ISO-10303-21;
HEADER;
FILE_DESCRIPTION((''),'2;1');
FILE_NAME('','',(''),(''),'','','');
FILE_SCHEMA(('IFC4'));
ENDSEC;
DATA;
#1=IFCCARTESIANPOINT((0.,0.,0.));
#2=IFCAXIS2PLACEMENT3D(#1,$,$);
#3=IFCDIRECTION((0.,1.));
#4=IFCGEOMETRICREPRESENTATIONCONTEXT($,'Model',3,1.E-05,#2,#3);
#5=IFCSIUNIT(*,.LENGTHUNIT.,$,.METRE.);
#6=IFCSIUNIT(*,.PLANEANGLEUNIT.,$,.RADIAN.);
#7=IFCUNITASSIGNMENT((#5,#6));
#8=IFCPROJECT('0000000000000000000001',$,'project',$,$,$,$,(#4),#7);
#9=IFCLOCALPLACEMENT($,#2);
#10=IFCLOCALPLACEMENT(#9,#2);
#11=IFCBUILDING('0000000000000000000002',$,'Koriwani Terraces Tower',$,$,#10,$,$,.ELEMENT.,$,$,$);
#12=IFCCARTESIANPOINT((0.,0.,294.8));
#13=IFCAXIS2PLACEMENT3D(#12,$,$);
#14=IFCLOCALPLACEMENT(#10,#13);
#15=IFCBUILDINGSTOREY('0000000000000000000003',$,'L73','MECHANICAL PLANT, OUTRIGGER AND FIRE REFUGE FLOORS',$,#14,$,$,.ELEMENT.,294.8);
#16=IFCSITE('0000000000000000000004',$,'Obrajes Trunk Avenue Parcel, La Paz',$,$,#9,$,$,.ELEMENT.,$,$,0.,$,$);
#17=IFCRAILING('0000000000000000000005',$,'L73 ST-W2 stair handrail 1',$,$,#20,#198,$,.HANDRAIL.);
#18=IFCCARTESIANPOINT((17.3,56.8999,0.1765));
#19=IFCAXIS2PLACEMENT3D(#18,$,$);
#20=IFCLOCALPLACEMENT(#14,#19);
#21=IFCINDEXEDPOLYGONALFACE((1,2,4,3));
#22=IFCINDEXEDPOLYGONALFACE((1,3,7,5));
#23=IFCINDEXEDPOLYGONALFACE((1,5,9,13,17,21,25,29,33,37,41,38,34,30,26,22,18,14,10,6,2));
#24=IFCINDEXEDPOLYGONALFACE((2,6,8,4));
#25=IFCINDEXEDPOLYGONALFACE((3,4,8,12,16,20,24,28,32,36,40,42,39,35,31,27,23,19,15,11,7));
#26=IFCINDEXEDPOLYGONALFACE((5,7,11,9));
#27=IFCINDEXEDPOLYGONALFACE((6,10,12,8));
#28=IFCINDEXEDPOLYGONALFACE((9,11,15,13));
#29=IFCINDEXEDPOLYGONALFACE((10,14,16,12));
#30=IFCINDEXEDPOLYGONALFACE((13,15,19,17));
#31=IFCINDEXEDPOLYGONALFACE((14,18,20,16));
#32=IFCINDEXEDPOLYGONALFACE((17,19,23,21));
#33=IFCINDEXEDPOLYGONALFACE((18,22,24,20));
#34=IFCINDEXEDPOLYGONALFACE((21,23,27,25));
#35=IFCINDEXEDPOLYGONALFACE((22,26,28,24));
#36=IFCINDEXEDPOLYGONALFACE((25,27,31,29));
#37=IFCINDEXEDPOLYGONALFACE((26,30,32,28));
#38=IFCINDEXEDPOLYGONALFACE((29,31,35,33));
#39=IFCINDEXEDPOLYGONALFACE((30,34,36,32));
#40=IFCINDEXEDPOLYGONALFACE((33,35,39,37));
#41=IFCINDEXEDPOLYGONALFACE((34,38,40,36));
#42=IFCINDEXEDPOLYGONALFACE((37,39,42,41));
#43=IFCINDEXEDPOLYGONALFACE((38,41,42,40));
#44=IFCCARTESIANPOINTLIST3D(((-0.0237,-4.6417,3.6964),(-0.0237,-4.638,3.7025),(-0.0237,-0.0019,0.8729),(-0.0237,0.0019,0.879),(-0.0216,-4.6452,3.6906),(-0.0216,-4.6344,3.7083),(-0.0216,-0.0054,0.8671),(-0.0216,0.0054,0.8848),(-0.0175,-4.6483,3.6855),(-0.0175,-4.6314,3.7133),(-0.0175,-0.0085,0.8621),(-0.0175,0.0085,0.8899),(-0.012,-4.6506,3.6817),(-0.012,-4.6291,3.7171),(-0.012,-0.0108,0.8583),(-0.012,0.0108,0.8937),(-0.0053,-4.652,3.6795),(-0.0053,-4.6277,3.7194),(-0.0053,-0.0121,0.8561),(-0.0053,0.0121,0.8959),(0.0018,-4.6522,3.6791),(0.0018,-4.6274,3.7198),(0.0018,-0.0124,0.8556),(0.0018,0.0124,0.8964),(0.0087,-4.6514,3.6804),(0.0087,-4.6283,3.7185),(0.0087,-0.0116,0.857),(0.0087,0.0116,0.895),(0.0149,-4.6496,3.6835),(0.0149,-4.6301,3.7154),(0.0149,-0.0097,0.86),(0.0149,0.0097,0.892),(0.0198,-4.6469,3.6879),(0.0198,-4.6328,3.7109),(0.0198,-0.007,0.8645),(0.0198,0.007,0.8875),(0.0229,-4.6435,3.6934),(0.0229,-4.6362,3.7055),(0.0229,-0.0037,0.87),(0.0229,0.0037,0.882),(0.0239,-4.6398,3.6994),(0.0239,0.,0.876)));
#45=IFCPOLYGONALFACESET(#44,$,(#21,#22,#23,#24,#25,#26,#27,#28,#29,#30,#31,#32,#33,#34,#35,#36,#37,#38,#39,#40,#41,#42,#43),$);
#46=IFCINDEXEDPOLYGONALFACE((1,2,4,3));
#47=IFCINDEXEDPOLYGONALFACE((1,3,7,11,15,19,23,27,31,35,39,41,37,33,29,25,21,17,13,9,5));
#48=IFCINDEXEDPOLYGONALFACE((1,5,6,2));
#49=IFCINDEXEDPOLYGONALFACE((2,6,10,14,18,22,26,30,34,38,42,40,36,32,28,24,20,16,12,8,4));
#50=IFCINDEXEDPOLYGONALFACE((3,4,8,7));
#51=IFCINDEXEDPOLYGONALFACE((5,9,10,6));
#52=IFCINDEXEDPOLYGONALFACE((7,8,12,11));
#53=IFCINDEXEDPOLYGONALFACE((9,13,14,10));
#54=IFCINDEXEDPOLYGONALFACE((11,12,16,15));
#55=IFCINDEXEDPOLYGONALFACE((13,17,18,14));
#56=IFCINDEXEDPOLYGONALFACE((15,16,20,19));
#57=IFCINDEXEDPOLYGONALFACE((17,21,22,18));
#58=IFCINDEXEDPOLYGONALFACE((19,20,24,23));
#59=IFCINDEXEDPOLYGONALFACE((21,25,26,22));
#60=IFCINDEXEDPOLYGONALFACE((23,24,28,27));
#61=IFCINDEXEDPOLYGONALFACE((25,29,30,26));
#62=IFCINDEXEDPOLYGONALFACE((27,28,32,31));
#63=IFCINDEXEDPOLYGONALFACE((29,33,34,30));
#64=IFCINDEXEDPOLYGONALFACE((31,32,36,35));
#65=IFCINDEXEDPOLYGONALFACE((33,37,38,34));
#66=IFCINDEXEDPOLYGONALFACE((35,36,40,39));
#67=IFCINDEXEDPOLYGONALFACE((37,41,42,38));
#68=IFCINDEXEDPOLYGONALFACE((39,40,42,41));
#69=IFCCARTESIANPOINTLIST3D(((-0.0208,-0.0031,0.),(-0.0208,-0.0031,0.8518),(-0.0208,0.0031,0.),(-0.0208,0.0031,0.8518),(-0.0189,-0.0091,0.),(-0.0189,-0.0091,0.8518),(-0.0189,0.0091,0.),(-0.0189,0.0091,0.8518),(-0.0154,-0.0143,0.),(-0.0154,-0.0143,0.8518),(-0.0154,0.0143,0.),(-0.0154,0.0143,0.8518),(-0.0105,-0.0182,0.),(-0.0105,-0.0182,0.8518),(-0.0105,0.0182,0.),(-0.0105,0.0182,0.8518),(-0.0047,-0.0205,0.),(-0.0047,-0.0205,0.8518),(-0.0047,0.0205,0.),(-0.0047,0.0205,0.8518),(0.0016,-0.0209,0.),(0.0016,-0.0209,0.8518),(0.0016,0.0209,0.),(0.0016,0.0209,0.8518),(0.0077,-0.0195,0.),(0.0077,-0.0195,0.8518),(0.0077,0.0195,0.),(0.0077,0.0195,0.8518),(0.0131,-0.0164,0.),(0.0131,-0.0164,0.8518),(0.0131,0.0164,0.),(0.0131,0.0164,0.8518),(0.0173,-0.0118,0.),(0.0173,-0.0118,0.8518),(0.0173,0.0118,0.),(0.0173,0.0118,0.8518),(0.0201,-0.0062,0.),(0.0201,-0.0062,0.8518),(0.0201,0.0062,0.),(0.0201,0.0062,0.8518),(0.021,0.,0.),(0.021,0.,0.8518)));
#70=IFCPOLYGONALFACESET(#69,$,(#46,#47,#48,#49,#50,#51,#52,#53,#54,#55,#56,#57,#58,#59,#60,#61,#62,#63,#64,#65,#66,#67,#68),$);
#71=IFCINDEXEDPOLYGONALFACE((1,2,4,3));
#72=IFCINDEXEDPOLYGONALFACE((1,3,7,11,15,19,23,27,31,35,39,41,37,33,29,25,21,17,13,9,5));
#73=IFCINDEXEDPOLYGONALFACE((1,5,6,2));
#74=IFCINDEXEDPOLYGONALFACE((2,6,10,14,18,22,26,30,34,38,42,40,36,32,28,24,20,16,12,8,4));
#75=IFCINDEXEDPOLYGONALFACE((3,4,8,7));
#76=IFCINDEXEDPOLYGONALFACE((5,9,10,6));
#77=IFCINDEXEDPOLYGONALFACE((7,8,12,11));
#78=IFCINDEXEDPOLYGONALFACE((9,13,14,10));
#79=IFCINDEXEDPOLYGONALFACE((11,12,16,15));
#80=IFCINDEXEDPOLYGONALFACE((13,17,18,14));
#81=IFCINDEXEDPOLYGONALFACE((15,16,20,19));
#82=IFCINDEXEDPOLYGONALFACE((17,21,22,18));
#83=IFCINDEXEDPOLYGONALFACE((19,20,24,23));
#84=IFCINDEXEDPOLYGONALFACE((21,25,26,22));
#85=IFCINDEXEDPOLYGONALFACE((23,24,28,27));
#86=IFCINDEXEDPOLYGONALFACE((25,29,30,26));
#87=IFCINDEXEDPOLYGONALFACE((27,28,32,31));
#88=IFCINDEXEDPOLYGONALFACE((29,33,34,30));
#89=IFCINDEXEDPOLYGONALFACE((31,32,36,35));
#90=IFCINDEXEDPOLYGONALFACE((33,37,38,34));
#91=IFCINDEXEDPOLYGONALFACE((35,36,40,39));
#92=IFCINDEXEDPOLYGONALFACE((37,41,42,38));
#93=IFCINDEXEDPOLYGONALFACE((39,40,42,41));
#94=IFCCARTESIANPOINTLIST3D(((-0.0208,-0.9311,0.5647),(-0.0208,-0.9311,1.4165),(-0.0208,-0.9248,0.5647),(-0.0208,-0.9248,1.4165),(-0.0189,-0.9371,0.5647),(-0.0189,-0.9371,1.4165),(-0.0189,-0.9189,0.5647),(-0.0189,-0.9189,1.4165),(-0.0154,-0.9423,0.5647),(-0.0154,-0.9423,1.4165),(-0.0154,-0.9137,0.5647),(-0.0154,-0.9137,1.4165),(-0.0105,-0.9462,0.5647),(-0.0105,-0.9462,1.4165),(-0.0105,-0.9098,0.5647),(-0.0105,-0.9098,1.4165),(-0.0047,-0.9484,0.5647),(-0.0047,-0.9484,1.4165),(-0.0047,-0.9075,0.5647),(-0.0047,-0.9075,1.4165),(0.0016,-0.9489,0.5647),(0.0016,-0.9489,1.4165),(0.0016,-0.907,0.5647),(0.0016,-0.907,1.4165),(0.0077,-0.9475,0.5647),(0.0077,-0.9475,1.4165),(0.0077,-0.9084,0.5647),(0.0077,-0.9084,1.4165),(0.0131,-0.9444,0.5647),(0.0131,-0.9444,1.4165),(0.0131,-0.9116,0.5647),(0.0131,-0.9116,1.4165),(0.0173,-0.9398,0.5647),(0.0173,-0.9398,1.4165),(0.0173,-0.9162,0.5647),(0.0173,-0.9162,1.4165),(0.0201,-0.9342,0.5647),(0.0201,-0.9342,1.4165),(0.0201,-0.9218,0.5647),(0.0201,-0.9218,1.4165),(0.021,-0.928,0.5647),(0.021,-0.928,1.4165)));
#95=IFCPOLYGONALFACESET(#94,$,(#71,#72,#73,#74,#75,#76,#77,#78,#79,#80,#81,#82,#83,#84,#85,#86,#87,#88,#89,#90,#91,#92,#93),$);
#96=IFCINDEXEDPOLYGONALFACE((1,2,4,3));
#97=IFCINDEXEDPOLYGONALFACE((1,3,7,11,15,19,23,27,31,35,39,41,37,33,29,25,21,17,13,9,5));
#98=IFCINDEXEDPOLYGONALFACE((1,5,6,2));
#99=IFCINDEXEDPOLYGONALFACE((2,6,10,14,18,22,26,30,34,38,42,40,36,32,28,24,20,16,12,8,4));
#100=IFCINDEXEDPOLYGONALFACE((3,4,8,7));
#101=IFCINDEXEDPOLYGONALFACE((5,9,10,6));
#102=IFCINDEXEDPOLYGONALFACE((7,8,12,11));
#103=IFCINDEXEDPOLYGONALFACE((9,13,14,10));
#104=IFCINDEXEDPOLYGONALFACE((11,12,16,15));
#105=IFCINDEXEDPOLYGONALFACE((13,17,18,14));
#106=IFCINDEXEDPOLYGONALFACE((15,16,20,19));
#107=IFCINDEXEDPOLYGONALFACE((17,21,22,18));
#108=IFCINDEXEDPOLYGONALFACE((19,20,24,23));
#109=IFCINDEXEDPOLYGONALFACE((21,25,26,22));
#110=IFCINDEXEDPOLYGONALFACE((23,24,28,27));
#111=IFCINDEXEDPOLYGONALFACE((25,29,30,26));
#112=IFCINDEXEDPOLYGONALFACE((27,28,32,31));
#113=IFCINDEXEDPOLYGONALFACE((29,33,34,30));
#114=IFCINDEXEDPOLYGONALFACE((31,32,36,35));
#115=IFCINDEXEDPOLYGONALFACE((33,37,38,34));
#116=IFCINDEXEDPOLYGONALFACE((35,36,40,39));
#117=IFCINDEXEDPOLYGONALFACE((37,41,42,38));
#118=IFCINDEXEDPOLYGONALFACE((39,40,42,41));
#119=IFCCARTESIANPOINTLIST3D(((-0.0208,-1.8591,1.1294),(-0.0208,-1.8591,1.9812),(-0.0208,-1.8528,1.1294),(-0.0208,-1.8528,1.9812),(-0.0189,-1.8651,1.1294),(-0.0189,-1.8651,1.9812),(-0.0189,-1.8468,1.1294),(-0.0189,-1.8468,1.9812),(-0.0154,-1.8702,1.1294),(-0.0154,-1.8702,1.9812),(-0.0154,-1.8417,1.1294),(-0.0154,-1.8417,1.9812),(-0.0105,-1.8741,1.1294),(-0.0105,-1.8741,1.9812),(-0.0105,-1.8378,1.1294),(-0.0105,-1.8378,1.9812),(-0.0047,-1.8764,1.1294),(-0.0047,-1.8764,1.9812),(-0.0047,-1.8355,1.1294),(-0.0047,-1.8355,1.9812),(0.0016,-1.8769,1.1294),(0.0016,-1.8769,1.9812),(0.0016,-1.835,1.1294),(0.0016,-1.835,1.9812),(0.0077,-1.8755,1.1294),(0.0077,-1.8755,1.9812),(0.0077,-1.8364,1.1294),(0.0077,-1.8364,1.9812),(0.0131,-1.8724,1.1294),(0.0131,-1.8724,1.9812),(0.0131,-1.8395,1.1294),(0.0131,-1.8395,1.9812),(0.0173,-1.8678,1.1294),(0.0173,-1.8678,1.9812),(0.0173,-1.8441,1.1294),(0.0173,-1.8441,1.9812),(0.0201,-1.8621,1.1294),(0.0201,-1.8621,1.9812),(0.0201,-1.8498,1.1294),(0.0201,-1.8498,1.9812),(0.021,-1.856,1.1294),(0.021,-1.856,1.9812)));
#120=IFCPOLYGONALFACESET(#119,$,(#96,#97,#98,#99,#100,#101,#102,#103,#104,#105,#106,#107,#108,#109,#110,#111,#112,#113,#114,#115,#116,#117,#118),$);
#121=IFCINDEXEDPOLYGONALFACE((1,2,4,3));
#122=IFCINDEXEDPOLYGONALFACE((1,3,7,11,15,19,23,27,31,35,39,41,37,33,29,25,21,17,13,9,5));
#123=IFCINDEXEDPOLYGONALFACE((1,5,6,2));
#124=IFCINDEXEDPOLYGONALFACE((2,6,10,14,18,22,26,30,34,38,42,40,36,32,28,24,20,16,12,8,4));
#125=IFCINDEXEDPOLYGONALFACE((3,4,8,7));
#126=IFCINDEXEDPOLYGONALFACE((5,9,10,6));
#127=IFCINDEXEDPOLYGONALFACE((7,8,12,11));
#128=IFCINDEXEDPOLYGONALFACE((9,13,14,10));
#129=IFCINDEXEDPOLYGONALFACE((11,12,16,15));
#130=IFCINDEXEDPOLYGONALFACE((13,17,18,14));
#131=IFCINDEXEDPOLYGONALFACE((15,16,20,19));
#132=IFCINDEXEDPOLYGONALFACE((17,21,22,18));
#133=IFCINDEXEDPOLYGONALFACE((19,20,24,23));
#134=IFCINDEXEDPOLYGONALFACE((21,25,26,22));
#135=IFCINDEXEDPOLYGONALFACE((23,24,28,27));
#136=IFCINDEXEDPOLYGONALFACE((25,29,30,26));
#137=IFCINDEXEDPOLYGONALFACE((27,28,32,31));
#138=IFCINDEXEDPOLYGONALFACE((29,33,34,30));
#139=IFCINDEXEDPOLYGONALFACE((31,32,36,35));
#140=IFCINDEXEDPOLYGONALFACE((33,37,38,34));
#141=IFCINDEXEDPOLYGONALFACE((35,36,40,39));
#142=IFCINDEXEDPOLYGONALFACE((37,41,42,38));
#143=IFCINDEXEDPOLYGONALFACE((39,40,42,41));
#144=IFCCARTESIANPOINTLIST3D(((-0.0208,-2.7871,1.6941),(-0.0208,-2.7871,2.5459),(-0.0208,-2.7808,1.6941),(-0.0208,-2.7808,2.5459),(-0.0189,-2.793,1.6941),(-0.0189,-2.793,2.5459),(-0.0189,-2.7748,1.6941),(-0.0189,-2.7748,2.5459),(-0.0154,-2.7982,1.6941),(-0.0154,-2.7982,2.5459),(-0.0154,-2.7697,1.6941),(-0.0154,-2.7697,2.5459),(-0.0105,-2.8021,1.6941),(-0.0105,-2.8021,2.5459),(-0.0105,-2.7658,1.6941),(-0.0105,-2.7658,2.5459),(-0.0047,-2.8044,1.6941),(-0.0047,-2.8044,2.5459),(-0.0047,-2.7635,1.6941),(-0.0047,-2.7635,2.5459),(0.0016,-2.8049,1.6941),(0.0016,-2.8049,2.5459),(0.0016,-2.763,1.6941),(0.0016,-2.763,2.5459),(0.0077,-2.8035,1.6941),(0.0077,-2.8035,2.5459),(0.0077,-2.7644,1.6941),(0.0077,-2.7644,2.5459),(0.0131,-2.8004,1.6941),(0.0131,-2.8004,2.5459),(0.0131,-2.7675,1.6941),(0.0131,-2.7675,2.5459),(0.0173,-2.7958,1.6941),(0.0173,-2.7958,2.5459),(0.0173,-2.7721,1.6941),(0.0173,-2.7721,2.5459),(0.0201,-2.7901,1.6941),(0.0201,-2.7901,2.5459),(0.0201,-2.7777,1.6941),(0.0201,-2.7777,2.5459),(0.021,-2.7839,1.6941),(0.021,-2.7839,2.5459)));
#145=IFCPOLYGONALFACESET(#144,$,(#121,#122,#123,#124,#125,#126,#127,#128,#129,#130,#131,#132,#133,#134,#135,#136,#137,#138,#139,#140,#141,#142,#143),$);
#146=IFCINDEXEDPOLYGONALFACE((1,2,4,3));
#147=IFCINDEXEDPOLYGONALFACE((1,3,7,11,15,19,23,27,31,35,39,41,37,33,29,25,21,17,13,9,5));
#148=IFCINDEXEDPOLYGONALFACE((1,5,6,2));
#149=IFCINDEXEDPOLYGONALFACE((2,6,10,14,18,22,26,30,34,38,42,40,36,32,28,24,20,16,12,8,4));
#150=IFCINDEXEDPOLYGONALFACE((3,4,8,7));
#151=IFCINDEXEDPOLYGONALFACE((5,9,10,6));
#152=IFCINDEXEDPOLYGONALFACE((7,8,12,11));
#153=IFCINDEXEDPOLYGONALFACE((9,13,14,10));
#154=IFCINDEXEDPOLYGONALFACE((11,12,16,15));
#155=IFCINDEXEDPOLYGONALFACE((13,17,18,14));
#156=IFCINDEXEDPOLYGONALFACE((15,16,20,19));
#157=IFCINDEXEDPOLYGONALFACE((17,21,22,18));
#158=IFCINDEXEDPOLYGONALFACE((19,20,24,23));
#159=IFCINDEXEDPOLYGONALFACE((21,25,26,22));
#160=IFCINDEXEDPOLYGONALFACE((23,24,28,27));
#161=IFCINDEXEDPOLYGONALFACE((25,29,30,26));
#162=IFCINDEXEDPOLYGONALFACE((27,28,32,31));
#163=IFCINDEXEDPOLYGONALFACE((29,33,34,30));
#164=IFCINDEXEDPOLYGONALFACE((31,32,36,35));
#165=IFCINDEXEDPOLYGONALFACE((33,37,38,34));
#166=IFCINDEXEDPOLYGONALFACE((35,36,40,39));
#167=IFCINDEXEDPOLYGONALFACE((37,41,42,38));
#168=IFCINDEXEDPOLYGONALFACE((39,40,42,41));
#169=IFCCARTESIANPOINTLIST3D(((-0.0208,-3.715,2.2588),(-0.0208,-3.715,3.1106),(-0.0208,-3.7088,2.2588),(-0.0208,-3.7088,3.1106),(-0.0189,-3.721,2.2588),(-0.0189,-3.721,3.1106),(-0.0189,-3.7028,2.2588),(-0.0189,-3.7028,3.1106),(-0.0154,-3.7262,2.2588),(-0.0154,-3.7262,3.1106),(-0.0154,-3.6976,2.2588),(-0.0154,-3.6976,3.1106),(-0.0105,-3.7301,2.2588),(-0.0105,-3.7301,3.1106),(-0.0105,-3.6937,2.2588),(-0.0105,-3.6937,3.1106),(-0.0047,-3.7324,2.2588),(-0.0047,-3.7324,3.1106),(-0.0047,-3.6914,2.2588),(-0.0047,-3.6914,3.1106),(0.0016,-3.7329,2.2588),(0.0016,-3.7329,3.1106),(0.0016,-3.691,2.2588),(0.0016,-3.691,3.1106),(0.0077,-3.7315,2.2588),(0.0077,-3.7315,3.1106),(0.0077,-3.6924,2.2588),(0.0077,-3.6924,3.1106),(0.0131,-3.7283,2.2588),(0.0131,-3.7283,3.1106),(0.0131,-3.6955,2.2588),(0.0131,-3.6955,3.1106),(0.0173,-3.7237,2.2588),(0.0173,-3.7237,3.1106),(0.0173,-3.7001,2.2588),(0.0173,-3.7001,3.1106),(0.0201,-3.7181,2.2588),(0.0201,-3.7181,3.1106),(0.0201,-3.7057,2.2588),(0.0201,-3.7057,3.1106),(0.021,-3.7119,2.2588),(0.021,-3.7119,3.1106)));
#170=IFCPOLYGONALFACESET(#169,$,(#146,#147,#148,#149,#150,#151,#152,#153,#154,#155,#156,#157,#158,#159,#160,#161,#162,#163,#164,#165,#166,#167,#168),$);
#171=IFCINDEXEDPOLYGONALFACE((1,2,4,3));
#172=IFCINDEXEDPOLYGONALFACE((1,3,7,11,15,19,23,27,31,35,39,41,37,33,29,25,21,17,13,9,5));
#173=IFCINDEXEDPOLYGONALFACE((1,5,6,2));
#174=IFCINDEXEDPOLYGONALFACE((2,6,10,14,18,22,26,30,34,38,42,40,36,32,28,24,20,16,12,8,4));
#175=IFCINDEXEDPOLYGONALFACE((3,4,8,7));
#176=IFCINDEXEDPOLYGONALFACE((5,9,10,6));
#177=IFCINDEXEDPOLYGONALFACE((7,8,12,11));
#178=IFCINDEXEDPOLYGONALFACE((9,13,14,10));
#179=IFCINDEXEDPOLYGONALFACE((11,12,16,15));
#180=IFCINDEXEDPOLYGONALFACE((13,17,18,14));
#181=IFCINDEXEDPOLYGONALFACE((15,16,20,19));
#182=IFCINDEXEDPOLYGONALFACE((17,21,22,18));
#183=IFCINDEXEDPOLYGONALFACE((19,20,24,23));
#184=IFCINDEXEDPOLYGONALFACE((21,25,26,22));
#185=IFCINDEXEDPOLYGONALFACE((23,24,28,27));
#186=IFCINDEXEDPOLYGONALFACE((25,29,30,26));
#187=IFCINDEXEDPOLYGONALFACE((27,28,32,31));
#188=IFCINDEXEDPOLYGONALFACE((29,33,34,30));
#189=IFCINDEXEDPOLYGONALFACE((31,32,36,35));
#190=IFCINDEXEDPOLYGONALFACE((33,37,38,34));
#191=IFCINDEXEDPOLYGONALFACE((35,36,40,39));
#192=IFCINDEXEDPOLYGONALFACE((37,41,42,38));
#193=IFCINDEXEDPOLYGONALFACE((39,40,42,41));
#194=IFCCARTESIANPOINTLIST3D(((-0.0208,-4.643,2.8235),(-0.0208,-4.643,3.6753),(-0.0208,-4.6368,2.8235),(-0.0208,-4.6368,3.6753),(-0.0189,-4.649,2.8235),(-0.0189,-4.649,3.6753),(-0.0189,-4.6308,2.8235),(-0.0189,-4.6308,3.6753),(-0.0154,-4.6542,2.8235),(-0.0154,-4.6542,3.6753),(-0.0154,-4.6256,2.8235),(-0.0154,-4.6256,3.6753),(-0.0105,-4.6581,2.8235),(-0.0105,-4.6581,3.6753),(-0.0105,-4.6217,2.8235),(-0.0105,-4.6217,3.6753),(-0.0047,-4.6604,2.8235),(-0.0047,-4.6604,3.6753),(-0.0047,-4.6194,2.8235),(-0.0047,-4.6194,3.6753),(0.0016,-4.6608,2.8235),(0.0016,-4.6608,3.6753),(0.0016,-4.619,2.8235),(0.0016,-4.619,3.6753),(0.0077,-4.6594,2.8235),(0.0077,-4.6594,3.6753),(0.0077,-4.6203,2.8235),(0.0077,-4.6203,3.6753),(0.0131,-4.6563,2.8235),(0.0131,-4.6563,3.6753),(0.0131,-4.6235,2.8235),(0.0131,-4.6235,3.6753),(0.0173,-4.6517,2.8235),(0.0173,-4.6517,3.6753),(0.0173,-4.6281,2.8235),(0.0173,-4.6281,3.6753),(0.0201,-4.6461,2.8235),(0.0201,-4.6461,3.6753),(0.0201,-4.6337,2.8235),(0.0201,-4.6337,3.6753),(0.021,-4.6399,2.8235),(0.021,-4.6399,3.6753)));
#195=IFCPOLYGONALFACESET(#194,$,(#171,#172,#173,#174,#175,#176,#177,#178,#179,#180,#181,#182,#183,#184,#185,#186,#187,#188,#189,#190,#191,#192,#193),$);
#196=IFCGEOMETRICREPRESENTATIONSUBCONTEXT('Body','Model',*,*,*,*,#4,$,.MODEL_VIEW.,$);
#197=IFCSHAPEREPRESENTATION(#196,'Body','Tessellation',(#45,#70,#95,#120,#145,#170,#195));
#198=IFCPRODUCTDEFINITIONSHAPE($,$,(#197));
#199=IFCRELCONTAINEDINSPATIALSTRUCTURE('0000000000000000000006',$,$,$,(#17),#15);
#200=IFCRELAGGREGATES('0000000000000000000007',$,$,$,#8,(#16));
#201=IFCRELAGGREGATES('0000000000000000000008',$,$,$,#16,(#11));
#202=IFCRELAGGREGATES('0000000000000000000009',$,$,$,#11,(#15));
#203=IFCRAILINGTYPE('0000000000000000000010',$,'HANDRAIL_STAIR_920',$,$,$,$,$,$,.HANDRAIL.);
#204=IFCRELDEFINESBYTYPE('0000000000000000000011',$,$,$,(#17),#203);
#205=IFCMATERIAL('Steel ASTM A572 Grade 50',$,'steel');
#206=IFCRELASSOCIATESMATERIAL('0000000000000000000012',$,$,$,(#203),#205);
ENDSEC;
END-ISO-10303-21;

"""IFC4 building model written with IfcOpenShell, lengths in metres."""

from ifc_helpers import new_model, si_unit, direction, frame, origin, origin_2d, place, context, subcontext, project, spatial, circle, extrude, material, type_object, element, save


model = new_model("IFC4")

# Units and contexts
model_context = context("Model", 3, precision=1e-05, world=origin(), true_north=direction((0.0, 1.0)))
body_context = subcontext(model_context, "Body", "Model", "MODEL_VIEW")
ifc_project = project(units=[si_unit("LENGTHUNIT", "METRE"), si_unit("PLANEANGLEUNIT", "RADIAN")], contexts=[model_context])

# Site, building, storey
site_placement = place(None, origin())
site = spatial("IfcSite", under=ifc_project, at=site_placement, Name="Obrajes Trunk Avenue Parcel, La Paz", CompositionType="ELEMENT", RefElevation=0.0)
building_placement = place(site_placement, origin())
building = spatial("IfcBuilding", under=site, at=building_placement, Name="Koriwani Terraces Tower", CompositionType="ELEMENT")
storey_placement = place(building_placement, frame((0.0, 0.0, 294.8)))
storey = spatial("IfcBuildingStorey", under=building, at=storey_placement, Name="L73", Description="MECHANICAL PLANT, OUTRIGGER AND FIRE REFUGE FLOORS", CompositionType="ELEMENT", Elevation=294.8)

# Shared definitions
ifc_material_1 = material(Name="Steel ASTM A572 Grade 50", Category="steel")

# Railing
railing_type_1 = type_object("IfcRailingType", Name="HANDRAIL_STAIR_920", PredefinedType="HANDRAIL", material=ifc_material_1)
railing_1_placement = place(storey_placement, frame((17.3, 56.8999, 0.1765)))
element("IfcRailing", 1, at=railing_1_placement, inside=storey, type_object=railing_type_1, Name="L73 ST-W2 stair handrail 1", PredefinedType="HANDRAIL", context=body_context, shape_type="SweptSolid", body=[
    extrude(circle(Radius=0.0239, at=origin_2d()), frame((0.0, 0.0, 0.876), z_axis=(0.0, -0.854264, 0.51984), x_axis=(1.0, 0.0, 0.0)), (0.0, 0.0, 1.0), 5.4314),
    extrude(circle(Radius=0.021, at=origin_2d()), origin(), (0.0, 0.0, 1.0), 0.8518),
    extrude(circle(Radius=0.021, at=origin_2d()), frame((0.0, -0.928, 0.5647)), (0.0, 0.0, 1.0), 0.8518),
    extrude(circle(Radius=0.021, at=origin_2d()), frame((0.0, -1.856, 1.1294)), (0.0, 0.0, 1.0), 0.8518),
    extrude(circle(Radius=0.021, at=origin_2d()), frame((0.0, -2.7839, 1.6941)), (0.0, 0.0, 1.0), 0.8518),
    extrude(circle(Radius=0.021, at=origin_2d()), frame((0.0, -3.7119, 2.2588)), (0.0, 0.0, 1.0), 0.8518),
    extrude(circle(Radius=0.021, at=origin_2d()), frame((0.0, -4.6399, 2.8235)), (0.0, 0.0, 1.0), 0.8518),
])

save(model, "model.ifc")
